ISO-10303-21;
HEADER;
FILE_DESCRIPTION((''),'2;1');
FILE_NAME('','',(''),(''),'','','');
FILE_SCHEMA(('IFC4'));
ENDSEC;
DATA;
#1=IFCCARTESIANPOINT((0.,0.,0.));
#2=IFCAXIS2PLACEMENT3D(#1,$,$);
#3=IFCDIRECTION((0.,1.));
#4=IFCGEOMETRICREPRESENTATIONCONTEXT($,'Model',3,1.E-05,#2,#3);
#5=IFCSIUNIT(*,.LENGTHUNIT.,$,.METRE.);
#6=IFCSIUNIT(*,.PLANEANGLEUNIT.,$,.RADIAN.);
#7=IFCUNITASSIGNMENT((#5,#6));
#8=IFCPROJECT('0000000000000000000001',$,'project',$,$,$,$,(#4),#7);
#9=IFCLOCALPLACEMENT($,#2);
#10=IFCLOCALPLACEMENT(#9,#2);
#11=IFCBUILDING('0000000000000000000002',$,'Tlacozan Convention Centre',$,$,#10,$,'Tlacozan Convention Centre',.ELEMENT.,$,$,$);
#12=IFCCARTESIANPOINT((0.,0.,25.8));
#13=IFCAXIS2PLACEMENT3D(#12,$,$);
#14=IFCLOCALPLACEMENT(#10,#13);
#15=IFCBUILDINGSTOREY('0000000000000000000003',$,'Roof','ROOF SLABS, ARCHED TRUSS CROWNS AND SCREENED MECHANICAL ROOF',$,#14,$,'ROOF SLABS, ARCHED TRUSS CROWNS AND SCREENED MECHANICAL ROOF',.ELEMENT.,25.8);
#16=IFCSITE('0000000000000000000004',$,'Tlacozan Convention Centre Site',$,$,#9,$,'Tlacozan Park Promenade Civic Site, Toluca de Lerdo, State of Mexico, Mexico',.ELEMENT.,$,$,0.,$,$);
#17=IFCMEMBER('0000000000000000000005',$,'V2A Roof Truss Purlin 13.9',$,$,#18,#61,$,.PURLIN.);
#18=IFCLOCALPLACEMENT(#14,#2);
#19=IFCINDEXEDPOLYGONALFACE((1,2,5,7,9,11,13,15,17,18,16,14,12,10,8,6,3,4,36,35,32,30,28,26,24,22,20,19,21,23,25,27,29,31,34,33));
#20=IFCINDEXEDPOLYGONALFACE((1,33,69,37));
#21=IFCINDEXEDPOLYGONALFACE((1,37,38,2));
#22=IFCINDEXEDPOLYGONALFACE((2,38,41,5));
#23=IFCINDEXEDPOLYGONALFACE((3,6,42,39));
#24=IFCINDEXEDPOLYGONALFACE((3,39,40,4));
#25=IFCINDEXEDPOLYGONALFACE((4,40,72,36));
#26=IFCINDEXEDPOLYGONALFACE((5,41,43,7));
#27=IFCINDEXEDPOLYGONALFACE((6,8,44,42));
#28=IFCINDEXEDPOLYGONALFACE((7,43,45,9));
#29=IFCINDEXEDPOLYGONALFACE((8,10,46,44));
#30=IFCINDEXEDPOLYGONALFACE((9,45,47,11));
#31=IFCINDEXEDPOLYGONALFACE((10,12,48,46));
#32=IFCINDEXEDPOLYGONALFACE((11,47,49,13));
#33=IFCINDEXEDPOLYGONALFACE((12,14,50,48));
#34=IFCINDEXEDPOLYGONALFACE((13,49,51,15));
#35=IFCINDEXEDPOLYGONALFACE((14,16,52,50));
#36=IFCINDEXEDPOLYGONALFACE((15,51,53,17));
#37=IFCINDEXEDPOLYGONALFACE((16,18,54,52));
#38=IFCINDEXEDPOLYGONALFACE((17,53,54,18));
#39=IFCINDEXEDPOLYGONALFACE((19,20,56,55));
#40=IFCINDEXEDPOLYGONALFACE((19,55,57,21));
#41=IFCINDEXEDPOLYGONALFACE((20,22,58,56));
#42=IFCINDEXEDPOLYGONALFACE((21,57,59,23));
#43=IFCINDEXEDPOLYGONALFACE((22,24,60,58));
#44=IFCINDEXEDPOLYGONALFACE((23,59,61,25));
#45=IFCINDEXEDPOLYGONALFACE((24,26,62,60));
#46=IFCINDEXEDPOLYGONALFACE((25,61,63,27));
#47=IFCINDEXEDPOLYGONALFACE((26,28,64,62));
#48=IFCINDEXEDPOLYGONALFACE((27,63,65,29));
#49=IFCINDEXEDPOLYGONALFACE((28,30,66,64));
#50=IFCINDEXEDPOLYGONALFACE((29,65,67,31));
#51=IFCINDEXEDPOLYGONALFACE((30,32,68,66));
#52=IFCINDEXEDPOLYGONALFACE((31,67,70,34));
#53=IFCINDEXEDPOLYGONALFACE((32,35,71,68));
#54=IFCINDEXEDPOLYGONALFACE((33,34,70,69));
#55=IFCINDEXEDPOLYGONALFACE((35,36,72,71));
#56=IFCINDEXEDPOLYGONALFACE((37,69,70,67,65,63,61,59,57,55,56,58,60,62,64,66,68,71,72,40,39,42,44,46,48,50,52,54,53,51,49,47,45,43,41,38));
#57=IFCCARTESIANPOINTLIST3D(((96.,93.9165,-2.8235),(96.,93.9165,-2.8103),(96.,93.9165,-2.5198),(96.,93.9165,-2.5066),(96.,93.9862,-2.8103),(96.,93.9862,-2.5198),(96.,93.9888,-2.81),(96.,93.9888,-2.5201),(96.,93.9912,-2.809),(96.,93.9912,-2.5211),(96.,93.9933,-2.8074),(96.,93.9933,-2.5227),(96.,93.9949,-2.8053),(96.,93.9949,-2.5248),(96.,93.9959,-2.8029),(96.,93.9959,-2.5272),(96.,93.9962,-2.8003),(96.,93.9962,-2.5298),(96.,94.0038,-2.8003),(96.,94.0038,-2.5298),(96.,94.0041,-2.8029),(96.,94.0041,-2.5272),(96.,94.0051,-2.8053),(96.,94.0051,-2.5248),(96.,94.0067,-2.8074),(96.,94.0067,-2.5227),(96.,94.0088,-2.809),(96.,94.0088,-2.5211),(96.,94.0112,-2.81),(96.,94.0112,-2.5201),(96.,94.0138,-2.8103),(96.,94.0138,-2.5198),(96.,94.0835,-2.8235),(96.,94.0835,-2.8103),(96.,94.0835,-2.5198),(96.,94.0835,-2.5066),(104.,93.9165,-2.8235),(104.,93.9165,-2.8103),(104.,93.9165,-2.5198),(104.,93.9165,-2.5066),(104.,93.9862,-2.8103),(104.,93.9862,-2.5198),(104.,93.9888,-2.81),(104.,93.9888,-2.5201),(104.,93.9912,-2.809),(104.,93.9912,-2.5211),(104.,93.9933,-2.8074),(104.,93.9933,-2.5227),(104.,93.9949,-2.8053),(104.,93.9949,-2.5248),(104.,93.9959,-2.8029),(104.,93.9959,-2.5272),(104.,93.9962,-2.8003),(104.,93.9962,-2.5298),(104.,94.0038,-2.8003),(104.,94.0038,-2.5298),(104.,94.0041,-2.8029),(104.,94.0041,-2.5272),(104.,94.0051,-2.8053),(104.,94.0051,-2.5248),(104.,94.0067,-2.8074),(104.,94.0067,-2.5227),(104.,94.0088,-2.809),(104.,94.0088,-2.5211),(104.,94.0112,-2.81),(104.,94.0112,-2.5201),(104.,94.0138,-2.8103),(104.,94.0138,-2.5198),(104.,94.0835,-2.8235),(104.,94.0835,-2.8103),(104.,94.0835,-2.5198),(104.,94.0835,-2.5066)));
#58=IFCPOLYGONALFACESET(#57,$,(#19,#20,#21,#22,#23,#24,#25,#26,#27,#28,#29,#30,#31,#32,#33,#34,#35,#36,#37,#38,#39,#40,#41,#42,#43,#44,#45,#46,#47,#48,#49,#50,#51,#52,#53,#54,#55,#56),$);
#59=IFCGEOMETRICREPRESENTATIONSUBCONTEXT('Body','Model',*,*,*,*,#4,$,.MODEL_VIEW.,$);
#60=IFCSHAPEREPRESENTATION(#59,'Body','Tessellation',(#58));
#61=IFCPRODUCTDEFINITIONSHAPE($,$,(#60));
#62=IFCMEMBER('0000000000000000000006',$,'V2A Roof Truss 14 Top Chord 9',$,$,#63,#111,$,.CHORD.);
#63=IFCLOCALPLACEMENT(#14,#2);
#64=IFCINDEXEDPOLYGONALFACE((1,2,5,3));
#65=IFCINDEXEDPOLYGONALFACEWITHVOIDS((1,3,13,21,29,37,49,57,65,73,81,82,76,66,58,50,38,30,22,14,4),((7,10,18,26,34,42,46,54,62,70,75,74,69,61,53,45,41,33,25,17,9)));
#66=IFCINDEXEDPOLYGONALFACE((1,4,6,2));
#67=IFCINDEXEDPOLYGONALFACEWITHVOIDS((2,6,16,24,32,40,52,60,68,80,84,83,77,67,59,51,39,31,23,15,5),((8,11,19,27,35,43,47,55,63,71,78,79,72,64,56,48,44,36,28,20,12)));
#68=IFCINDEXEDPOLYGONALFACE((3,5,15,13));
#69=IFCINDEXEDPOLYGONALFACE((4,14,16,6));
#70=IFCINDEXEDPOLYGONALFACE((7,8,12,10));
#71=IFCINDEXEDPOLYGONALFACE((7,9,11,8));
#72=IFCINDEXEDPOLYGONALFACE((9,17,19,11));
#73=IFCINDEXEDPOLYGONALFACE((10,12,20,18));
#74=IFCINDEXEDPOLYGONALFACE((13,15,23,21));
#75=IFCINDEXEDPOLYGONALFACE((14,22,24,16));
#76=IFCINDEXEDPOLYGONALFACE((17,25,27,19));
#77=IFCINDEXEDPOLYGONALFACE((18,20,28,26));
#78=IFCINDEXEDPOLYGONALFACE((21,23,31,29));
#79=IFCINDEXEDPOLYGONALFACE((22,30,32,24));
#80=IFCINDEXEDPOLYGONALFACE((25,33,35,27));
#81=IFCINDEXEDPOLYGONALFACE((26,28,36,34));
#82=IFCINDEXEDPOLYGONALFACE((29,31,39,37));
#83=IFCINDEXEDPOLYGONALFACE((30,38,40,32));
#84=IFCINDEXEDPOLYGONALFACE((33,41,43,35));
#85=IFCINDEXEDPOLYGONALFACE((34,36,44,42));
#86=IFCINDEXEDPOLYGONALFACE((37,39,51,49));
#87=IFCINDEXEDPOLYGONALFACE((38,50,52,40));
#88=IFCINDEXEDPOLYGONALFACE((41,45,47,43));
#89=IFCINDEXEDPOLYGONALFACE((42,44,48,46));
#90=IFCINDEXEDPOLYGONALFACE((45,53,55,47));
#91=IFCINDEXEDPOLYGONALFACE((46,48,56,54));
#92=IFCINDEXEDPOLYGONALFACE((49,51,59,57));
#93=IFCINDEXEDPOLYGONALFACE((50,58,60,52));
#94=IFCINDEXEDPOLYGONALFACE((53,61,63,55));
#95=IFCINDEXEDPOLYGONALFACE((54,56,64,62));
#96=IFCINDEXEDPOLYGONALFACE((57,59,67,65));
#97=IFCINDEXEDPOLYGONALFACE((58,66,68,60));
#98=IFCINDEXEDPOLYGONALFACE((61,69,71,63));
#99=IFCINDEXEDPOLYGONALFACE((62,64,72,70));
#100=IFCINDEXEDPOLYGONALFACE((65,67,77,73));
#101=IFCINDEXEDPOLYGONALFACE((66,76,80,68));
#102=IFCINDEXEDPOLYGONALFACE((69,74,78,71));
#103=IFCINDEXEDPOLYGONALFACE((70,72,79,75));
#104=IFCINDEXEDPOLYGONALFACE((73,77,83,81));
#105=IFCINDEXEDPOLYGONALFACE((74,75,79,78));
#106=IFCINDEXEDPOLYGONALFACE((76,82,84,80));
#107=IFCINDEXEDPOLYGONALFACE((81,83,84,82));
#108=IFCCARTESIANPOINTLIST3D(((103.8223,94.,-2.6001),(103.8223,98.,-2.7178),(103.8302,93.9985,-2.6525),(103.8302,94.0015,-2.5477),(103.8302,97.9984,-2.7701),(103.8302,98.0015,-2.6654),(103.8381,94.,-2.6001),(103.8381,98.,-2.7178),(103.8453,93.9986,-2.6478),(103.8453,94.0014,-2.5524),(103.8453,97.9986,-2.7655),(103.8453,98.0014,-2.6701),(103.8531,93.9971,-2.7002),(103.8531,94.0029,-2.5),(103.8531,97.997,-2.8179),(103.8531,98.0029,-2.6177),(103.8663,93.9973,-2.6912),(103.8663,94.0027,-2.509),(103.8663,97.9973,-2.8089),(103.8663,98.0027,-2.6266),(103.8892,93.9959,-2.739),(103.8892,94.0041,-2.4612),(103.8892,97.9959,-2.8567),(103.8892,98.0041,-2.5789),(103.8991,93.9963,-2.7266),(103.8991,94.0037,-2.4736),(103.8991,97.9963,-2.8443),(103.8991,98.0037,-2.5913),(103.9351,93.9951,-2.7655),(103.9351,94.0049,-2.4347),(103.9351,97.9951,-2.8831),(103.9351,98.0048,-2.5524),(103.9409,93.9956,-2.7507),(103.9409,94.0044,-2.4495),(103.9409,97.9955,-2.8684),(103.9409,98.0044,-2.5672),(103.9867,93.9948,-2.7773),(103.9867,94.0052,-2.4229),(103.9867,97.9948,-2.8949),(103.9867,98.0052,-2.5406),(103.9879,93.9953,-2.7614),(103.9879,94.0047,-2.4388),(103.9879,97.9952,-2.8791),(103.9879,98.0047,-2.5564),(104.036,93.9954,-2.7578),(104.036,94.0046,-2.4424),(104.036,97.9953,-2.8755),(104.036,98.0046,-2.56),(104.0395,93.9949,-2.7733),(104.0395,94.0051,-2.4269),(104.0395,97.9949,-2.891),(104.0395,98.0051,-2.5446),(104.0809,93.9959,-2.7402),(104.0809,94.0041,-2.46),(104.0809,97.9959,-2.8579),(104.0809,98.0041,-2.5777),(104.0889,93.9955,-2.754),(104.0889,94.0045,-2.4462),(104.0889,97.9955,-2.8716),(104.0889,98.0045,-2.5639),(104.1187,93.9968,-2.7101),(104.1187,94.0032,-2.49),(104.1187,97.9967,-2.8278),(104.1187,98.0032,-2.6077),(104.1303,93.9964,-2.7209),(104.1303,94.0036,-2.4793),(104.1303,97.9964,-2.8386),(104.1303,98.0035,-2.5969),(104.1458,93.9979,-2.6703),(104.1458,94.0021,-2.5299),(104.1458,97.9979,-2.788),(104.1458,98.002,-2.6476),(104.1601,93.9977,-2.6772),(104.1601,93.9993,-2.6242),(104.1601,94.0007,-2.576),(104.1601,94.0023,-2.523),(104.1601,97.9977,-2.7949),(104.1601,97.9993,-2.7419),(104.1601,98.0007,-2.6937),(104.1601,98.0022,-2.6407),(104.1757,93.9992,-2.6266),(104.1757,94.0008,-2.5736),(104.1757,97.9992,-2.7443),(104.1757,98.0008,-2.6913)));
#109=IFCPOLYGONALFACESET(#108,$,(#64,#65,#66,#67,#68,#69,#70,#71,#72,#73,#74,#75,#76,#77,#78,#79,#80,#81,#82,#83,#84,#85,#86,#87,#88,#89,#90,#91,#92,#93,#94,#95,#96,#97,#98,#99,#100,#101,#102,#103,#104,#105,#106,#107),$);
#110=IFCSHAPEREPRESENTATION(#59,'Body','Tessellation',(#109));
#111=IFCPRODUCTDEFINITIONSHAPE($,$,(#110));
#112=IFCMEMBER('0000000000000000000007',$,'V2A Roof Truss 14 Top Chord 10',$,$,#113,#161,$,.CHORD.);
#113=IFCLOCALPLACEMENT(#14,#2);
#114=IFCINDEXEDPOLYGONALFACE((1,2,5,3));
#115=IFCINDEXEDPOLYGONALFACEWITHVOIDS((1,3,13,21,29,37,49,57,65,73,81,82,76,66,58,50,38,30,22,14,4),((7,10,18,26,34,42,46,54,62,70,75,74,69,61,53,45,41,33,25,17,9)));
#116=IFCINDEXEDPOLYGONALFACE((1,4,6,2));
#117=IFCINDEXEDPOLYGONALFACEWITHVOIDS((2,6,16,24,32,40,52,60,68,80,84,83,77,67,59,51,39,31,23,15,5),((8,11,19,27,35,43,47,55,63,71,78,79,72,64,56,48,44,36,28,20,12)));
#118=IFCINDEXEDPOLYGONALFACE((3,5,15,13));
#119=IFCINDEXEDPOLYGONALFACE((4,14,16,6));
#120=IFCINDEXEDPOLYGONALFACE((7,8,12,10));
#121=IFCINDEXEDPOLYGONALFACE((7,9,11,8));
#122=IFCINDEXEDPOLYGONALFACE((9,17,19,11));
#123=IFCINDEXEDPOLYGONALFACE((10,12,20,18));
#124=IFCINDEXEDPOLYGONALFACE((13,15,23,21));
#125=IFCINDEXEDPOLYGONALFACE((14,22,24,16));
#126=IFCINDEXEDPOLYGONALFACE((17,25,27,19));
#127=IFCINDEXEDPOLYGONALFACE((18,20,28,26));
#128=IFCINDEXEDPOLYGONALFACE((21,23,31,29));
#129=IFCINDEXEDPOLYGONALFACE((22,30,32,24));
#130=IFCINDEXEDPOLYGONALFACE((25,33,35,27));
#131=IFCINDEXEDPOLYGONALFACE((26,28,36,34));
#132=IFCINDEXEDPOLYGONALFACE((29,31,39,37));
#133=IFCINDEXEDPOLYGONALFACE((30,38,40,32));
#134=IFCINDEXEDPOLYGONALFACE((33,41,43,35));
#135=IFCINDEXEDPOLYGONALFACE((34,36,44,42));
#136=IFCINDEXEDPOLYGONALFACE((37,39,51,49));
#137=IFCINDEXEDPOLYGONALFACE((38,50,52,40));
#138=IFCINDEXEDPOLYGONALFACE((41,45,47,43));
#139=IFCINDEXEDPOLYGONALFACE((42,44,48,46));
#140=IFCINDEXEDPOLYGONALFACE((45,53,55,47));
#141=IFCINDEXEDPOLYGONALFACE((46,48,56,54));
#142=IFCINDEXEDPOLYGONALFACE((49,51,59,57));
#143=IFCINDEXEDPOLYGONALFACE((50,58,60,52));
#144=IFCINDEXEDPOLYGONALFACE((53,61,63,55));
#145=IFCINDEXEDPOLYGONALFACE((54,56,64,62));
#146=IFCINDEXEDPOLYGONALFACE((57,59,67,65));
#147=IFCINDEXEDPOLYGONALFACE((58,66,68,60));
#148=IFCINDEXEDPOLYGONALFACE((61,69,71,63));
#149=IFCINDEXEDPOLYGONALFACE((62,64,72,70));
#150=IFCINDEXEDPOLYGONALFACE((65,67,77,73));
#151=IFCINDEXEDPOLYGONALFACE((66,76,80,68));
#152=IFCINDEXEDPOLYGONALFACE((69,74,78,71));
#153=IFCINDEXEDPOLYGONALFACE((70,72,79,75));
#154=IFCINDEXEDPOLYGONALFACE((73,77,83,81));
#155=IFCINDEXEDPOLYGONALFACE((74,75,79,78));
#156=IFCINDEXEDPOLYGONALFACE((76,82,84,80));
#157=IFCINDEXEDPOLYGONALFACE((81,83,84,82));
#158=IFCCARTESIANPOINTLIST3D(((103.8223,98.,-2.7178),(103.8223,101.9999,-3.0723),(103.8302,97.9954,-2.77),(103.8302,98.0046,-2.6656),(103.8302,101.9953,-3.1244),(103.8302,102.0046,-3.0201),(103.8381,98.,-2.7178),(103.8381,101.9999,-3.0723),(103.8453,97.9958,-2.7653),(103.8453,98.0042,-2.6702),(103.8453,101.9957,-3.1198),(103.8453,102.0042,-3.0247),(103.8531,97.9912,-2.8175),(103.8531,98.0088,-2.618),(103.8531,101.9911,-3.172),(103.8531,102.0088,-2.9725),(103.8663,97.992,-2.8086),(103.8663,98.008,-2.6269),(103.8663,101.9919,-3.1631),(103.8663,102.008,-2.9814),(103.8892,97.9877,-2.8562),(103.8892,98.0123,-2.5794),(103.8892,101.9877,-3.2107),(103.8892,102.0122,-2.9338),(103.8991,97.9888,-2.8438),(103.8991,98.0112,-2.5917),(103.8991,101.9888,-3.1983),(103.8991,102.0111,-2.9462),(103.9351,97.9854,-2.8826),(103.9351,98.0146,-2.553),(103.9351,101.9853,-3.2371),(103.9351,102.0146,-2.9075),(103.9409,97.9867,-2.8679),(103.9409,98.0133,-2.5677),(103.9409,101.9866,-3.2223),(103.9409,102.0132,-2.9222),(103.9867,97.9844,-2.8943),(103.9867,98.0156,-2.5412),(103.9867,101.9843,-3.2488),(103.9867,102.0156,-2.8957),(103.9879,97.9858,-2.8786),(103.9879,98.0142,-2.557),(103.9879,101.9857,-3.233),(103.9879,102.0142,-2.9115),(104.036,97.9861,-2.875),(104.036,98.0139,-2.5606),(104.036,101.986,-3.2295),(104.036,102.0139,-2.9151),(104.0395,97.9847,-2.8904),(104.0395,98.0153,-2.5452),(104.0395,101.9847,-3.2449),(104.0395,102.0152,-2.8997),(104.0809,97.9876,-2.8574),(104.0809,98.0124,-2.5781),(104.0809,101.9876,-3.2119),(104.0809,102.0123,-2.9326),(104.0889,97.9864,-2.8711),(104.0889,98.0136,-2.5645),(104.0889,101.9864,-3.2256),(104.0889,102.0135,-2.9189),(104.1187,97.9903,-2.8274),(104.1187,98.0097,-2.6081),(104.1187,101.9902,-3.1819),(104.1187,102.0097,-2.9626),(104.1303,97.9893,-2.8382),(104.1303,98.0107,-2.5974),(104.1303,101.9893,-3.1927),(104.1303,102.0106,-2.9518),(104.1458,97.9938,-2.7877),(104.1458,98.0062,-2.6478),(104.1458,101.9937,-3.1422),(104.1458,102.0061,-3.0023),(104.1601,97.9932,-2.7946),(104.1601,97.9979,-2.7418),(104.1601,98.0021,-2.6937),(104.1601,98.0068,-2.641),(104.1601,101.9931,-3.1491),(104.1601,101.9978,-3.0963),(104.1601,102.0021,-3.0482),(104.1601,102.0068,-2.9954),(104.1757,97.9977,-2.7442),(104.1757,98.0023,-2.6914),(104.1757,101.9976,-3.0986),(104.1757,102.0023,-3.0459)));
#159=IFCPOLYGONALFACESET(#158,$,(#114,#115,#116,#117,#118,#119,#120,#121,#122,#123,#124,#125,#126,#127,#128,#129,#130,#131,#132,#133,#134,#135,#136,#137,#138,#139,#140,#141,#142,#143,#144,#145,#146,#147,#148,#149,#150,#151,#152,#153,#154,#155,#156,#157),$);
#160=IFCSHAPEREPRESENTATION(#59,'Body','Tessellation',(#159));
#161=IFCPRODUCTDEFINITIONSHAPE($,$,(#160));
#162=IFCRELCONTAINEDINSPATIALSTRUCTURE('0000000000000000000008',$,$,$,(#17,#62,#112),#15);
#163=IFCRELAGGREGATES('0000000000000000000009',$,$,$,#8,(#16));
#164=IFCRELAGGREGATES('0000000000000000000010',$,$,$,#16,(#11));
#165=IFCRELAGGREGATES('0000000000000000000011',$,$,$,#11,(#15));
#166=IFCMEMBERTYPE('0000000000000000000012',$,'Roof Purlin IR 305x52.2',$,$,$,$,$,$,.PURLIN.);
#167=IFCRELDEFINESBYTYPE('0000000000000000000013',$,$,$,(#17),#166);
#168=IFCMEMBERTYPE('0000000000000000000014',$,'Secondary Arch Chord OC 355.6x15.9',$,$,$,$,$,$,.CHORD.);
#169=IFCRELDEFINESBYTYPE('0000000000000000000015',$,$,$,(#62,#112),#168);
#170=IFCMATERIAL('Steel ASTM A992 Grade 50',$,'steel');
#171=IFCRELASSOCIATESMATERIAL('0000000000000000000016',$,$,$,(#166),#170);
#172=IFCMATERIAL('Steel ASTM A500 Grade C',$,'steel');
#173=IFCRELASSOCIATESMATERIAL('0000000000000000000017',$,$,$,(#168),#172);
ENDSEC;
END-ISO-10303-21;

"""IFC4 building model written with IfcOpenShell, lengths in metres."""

from ifc_helpers import new_model, si_unit, direction, frame, origin, origin_2d, place, context, subcontext, project, spatial, hollow_circle, i_section, extrude, material, material_profile, profile_set, type_object, element, save


model = new_model("IFC4")

# Units and contexts
model_context = context("Model", 3, precision=1e-05, world=origin(), true_north=direction((0.0, 1.0)))
body_context = subcontext(model_context, "Body", "Model", "MODEL_VIEW")
ifc_project = project(units=[si_unit("LENGTHUNIT", "METRE"), si_unit("PLANEANGLEUNIT", "RADIAN")], contexts=[model_context])

# Site, building, storey
site_placement = place(None, origin())
site = spatial("IfcSite", under=ifc_project, at=site_placement, Name="Tlacozan Convention Centre Site", LongName="Tlacozan Park Promenade Civic Site, Toluca de Lerdo, State of Mexico, Mexico", CompositionType="ELEMENT", RefElevation=0.0)
building_placement = place(site_placement, origin())
building = spatial("IfcBuilding", under=site, at=building_placement, Name="Tlacozan Convention Centre", LongName="Tlacozan Convention Centre", CompositionType="ELEMENT")
storey_placement = place(building_placement, frame((0.0, 0.0, 25.8)))
storey = spatial("IfcBuildingStorey", under=building, at=storey_placement, Name="Roof", Description="ROOF SLABS, ARCHED TRUSS CROWNS AND SCREENED MECHANICAL ROOF", LongName="ROOF SLABS, ARCHED TRUSS CROWNS AND SCREENED MECHANICAL ROOF", CompositionType="ELEMENT", Elevation=25.8)

# Members
ifc_material_1 = material(Name="Steel ASTM A500 Grade C", Category="steel")
ifc_material_2 = material(Name="Steel ASTM A992 Grade 50", Category="steel")
ifc_material_profile_1 = material_profile(ifc_material_2, i_section(OverallWidth=0.167, OverallDepth=0.3169, WebThickness=0.0076, FlangeThickness=0.0132, FilletRadius=0.01, at=origin_2d()), Name="IR 305x52.2")
ifc_profile_set_1 = profile_set([ifc_material_profile_1], Name="Steel ASTM A992 Grade 50")
member_type_1 = type_object("IfcMemberType", Name="Roof Purlin IR 305x52.2", PredefinedType="PURLIN", material=ifc_profile_set_1)
member_1_placement = place(storey_placement, frame((96.0, 94.0, -2.665), z_axis=(1.0, 0.0, 0.0), x_axis=(0.0, 1.0, 0.0)))
element("IfcMember", 1, at=member_1_placement, inside=storey, type_object=member_type_1, Name="V2A Roof Truss Purlin 13.9", PredefinedType="PURLIN", context=body_context, shape_type="SweptSolid", body=[
    extrude(i_section(OverallWidth=0.167, OverallDepth=0.3169, WebThickness=0.0076, FlangeThickness=0.0132, FilletRadius=0.01, at=origin_2d()), origin(), (0.0, 0.0, 1.0), 8.0),
])
ifc_material_profile_2 = material_profile(ifc_material_1, hollow_circle(Radius=0.1777, WallThickness=0.0159, at=origin_2d()), Name="OC 355.6x15.9")
ifc_profile_set_2 = profile_set([ifc_material_profile_2], Name="Steel ASTM A500 Grade C")
member_type_2 = type_object("IfcMemberType", Name="Secondary Arch Chord OC 355.6x15.9", PredefinedType="CHORD", material=ifc_profile_set_2)
member_2_placement = place(storey_placement, frame((104.0, 94.0, -2.6001), z_axis=(0.0, 0.999568, -0.029406), x_axis=(-1.0, 0.0, 0.0)))
element("IfcMember", 2, at=member_2_placement, inside=storey, type_object=member_type_2, Name="V2A Roof Truss 14 Top Chord 9", PredefinedType="CHORD", context=body_context, shape_type="SweptSolid", body=[
    extrude(hollow_circle(Radius=0.1777, WallThickness=0.0159, at=origin_2d()), origin(), (0.0, 0.0, 1.0), 4.0017),
])
member_3_placement = place(storey_placement, frame((104.0, 98.0, -2.7178), z_axis=(0.0, 0.996096, -0.088277), x_axis=(-1.0, 0.0, 0.0)))
element("IfcMember", 3, at=member_3_placement, inside=storey, type_object=member_type_2, Name="V2A Roof Truss 14 Top Chord 10", PredefinedType="CHORD", context=body_context, shape_type="SweptSolid", body=[
    extrude(hollow_circle(Radius=0.1777, WallThickness=0.0159, at=origin_2d()), origin(), (0.0, 0.0, 1.0), 4.0156),
])

save(model, "model.ifc")
